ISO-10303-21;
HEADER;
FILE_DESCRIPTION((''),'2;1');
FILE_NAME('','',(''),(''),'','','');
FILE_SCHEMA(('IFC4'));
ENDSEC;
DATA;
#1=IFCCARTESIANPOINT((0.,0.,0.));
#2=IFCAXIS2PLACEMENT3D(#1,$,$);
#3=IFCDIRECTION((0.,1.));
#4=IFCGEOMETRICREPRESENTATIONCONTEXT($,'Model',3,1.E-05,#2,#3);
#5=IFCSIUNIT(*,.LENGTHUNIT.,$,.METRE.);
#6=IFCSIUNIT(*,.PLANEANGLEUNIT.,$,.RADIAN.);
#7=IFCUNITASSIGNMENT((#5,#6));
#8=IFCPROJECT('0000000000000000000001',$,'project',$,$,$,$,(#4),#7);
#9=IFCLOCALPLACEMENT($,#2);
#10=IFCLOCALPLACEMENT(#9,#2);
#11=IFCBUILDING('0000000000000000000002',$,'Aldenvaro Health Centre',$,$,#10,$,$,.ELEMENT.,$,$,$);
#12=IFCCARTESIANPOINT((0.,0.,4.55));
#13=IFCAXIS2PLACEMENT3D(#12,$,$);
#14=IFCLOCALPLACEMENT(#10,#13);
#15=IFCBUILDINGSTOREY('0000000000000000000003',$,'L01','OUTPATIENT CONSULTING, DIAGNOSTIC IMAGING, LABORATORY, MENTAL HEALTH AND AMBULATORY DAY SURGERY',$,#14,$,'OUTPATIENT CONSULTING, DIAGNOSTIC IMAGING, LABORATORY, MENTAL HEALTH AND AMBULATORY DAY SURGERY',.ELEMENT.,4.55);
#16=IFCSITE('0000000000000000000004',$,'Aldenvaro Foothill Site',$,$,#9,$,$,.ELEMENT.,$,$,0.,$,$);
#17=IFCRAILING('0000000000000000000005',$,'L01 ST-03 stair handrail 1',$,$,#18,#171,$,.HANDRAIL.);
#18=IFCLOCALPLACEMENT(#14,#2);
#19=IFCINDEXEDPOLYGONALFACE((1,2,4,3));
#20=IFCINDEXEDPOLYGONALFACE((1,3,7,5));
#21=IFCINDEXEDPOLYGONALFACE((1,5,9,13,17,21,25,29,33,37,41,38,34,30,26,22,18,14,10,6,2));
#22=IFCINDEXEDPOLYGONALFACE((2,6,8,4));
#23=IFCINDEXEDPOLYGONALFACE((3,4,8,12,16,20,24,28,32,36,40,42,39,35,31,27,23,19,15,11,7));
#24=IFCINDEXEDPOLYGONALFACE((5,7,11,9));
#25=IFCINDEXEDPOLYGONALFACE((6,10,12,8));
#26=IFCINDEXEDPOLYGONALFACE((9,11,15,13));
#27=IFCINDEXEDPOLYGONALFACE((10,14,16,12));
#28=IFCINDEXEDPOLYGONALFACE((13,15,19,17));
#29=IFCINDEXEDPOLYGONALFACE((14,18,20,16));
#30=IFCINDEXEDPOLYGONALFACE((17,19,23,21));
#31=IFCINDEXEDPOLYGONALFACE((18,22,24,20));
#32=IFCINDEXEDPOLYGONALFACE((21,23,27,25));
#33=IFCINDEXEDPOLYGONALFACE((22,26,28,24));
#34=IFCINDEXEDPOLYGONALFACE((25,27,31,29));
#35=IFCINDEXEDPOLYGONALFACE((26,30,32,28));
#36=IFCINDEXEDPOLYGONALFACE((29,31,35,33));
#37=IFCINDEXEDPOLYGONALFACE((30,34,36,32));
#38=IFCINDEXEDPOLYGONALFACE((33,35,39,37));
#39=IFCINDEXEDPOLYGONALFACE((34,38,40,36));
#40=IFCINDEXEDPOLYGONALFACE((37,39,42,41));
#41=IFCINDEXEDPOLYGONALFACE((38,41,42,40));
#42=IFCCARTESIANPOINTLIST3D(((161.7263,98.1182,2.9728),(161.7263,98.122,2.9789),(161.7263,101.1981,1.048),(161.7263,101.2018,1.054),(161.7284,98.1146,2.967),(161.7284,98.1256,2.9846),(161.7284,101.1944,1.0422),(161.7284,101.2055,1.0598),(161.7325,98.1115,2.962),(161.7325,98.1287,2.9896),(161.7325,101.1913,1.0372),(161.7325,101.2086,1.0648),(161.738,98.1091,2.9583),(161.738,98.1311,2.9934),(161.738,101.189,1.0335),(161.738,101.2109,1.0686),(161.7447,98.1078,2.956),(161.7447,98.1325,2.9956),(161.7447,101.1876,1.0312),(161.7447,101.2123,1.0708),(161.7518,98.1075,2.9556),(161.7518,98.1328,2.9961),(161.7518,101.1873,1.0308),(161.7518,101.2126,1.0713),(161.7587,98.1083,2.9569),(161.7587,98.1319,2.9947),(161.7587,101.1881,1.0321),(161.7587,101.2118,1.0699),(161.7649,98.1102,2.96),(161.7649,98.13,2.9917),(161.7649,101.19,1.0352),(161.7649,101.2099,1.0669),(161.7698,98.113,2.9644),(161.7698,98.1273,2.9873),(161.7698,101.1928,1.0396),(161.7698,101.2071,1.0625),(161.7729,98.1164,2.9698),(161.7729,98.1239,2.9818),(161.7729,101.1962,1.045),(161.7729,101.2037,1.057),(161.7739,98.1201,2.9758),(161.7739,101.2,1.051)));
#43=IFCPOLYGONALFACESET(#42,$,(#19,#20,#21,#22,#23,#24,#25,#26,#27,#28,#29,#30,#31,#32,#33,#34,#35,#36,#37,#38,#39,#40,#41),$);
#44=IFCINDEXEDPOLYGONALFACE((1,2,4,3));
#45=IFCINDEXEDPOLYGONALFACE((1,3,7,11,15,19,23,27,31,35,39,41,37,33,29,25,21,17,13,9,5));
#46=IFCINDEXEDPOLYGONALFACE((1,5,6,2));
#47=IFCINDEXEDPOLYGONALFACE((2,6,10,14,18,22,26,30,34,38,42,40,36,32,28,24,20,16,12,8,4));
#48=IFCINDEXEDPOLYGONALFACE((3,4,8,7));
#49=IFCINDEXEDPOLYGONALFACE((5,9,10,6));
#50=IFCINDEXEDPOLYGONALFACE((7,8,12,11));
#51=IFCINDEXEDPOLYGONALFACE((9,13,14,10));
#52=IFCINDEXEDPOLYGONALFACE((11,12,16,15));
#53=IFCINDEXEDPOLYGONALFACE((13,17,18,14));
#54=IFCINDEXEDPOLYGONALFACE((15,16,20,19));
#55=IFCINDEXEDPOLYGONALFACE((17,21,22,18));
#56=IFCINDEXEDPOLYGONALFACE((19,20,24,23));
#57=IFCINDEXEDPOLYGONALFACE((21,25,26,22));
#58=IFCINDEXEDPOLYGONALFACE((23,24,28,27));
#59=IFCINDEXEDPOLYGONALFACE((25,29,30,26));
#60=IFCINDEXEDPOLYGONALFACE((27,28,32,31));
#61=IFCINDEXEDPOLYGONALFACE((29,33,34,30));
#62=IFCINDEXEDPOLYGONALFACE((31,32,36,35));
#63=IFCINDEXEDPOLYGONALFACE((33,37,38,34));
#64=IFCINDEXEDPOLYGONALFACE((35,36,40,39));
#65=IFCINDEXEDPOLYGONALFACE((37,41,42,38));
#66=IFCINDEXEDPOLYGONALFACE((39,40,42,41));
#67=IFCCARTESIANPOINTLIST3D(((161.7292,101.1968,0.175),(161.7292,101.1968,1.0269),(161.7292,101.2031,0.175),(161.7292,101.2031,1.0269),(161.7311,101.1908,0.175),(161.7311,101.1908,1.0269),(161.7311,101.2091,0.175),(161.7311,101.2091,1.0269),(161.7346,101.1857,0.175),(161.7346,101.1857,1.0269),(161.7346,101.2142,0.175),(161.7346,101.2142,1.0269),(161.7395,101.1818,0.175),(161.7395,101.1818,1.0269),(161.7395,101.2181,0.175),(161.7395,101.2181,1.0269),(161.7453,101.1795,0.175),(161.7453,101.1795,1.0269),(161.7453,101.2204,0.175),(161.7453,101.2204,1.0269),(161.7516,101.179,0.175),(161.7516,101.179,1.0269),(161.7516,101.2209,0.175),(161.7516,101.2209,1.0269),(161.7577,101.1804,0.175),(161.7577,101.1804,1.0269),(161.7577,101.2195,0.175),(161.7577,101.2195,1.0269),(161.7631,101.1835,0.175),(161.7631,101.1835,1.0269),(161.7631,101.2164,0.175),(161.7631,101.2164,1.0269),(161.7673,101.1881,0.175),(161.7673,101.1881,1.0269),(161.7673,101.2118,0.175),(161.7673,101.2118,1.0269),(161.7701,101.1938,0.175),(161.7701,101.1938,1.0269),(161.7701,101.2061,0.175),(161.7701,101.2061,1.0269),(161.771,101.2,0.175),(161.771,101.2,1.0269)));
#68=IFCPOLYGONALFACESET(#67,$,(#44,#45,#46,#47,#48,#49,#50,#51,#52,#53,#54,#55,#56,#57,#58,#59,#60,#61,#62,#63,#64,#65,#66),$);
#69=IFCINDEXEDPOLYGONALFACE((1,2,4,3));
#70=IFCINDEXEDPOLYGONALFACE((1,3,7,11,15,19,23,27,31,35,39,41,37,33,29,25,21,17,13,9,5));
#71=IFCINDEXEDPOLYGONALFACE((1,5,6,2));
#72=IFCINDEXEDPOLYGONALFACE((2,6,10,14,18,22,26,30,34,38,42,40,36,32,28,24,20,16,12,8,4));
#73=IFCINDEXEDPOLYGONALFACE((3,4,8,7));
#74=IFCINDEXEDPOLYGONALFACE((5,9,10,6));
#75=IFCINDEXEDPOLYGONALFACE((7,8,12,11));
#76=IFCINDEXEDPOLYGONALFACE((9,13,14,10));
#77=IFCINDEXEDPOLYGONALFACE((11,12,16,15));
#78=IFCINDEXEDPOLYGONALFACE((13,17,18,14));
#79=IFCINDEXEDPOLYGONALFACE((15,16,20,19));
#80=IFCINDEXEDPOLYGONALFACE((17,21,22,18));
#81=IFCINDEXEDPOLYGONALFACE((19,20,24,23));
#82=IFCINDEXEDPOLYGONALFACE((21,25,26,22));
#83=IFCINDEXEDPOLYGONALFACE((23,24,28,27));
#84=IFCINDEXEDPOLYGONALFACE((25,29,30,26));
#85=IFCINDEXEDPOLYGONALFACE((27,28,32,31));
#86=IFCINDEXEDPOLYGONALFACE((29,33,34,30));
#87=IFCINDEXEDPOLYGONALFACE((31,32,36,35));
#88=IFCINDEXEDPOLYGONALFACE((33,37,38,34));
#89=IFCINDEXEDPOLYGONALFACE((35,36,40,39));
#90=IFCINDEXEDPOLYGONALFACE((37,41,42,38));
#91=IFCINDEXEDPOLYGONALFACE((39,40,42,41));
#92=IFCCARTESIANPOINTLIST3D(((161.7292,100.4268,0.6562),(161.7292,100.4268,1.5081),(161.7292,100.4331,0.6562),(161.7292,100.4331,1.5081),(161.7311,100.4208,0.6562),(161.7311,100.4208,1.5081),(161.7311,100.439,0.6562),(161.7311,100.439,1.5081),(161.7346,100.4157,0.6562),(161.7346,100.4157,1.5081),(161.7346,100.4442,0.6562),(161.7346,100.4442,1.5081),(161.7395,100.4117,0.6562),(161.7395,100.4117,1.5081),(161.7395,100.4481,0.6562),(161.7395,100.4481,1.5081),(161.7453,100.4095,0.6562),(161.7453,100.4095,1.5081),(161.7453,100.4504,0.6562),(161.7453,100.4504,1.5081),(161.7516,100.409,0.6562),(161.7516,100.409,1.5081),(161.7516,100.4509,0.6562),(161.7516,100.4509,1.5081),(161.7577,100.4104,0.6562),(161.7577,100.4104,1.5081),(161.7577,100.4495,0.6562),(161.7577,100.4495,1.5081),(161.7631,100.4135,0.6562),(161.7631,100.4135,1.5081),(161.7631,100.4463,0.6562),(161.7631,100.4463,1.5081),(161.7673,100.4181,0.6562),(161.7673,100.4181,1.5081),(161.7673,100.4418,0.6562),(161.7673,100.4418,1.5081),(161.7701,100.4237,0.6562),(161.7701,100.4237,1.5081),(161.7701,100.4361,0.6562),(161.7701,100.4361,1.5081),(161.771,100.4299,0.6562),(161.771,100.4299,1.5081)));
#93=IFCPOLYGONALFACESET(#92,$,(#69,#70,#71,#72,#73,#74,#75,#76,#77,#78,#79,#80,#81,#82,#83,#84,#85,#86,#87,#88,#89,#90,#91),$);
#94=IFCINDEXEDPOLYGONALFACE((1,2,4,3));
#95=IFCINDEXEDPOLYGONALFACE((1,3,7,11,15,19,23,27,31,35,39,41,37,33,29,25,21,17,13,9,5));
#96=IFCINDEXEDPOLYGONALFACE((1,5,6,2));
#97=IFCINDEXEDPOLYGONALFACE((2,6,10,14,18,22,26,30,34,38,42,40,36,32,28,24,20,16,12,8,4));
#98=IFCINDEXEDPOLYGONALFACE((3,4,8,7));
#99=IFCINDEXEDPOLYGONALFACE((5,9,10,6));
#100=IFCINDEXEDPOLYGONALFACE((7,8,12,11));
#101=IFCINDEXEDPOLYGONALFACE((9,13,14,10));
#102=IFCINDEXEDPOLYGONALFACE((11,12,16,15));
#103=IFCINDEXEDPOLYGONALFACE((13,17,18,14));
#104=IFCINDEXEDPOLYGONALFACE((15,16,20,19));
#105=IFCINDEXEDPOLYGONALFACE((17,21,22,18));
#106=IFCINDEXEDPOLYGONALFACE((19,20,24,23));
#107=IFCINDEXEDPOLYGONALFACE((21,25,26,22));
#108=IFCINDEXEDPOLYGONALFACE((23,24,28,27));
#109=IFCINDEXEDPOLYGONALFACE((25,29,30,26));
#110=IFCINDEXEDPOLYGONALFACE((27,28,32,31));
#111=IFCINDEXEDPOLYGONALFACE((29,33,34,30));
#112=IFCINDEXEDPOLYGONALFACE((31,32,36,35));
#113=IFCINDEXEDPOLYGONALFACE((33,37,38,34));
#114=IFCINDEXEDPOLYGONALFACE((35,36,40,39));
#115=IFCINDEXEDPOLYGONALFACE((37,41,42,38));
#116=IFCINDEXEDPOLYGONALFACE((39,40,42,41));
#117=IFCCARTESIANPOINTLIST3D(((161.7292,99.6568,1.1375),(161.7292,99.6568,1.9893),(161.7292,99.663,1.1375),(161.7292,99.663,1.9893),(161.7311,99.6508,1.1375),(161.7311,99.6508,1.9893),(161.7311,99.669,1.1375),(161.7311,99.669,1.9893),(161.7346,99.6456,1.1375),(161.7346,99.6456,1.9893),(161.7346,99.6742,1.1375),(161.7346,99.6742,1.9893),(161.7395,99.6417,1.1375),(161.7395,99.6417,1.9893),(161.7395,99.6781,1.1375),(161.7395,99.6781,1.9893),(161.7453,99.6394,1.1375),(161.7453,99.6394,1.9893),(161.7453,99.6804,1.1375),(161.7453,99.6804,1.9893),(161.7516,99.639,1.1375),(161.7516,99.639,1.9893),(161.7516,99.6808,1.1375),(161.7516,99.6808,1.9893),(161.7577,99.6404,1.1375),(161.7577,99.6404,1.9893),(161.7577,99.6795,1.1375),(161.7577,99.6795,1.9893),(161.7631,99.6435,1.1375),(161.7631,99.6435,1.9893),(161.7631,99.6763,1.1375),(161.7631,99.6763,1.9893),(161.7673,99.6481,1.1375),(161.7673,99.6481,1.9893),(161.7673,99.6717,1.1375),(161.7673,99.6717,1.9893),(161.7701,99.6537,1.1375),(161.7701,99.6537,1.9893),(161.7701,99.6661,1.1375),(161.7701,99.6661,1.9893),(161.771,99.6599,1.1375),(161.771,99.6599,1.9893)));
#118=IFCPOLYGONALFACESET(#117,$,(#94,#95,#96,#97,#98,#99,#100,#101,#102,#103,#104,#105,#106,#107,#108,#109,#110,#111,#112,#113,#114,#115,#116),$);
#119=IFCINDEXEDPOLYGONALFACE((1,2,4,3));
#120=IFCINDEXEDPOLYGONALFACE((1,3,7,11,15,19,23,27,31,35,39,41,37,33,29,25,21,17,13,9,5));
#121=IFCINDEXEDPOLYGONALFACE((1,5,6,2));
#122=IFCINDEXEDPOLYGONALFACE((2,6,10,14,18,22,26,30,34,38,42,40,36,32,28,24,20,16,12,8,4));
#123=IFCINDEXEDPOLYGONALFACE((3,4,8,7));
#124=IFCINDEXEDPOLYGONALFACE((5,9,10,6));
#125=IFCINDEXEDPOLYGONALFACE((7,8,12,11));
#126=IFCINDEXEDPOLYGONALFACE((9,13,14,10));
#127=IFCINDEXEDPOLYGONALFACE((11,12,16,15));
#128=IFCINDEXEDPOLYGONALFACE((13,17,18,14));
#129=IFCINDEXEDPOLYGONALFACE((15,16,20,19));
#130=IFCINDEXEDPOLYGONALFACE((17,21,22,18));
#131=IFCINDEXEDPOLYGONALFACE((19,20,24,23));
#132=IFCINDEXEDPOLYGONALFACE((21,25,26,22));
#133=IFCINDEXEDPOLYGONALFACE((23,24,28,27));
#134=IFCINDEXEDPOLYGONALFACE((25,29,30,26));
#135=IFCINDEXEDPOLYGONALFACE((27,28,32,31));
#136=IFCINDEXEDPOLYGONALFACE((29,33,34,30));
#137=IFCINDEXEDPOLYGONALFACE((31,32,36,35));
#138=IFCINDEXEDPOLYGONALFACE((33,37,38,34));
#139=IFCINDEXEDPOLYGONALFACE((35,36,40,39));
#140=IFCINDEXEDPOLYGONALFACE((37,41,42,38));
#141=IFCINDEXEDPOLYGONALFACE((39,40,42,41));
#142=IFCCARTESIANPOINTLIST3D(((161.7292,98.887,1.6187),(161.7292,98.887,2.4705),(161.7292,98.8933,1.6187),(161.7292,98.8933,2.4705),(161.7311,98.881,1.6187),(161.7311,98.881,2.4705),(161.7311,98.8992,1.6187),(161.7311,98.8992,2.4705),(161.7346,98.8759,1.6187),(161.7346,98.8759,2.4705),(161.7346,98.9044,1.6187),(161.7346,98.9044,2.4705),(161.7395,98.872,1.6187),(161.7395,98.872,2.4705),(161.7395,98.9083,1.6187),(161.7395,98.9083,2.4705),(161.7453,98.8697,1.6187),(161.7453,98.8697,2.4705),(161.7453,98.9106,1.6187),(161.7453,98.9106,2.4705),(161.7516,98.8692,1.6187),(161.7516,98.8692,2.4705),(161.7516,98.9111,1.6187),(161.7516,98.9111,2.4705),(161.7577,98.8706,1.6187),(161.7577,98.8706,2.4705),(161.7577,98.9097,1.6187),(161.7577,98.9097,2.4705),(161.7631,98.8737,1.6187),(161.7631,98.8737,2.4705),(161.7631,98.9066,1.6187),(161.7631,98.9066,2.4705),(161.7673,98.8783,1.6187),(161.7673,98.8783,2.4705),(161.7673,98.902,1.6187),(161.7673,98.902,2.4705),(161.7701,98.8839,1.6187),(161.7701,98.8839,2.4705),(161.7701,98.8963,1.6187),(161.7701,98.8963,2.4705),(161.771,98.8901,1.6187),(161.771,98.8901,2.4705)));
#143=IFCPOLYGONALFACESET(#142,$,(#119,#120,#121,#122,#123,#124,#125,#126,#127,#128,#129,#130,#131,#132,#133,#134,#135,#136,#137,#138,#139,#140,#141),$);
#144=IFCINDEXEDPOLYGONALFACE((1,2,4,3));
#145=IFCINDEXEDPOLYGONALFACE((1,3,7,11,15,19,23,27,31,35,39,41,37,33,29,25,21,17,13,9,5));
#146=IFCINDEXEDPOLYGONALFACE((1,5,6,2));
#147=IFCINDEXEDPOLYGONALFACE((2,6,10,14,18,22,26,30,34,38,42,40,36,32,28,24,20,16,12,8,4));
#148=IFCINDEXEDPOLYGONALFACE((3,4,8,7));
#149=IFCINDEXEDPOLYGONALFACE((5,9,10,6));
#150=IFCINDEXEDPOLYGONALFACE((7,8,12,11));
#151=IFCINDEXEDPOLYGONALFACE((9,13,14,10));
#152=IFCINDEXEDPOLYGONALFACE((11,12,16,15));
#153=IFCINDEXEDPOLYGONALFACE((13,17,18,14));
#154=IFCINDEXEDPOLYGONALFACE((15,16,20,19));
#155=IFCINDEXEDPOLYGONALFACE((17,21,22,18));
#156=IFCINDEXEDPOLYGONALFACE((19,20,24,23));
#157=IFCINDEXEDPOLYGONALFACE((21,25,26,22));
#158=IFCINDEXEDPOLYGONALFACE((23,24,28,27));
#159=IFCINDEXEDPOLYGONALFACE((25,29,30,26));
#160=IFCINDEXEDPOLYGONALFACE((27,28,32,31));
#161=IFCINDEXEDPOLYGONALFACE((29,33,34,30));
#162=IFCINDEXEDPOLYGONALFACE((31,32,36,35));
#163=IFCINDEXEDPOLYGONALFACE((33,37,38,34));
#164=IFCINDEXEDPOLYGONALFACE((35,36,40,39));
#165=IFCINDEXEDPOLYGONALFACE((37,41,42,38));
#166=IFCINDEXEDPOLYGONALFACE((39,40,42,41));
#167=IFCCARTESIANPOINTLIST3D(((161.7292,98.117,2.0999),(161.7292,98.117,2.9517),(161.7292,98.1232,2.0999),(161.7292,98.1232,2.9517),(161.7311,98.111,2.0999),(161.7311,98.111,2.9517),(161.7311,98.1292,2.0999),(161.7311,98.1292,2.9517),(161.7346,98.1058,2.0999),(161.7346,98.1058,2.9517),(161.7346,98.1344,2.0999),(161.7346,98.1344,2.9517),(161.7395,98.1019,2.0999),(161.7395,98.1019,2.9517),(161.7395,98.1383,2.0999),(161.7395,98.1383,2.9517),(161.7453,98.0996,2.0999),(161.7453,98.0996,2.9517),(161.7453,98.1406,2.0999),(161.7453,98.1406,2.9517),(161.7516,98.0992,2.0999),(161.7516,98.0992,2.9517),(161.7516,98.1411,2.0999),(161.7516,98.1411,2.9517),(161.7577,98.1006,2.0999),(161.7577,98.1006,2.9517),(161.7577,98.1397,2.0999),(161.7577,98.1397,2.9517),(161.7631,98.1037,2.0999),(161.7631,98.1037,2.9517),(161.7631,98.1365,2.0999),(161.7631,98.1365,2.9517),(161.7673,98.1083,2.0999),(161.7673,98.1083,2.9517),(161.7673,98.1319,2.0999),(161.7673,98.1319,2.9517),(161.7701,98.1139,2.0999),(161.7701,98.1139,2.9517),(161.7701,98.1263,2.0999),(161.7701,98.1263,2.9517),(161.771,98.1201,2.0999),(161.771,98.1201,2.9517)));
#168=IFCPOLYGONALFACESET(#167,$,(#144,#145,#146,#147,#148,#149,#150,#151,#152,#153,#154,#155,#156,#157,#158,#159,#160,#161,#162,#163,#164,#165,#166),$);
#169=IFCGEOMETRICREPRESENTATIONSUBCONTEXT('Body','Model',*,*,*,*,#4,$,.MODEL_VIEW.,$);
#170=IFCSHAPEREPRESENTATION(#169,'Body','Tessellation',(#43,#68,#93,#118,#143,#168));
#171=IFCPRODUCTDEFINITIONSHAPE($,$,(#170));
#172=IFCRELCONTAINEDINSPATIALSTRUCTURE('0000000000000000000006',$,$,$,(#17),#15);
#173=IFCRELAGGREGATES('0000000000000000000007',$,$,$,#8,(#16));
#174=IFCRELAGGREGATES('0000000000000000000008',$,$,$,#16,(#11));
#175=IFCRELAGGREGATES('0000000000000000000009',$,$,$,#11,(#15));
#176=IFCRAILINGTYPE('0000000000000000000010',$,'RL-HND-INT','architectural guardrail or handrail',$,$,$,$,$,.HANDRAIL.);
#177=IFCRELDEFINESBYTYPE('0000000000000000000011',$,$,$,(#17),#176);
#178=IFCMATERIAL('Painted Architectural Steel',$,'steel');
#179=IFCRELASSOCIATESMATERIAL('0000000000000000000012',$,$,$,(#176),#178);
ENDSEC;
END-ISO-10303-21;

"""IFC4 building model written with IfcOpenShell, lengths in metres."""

from ifc_helpers import new_model, si_unit, direction, frame, origin, origin_2d, place, context, subcontext, project, spatial, circle, extrude, material, type_object, element, save


model = new_model("IFC4")

# Units and contexts
model_context = context("Model", 3, precision=1e-05, world=origin(), true_north=direction((0.0, 1.0)))
body_context = subcontext(model_context, "Body", "Model", "MODEL_VIEW")
ifc_project = project(units=[si_unit("LENGTHUNIT", "METRE"), si_unit("PLANEANGLEUNIT", "RADIAN")], contexts=[model_context])

# Site, building, storey
site_placement = place(None, origin())
site = spatial("IfcSite", under=ifc_project, at=site_placement, Name="Aldenvaro Foothill Site", CompositionType="ELEMENT", RefElevation=0.0)
building_placement = place(site_placement, origin())
building = spatial("IfcBuilding", under=site, at=building_placement, Name="Aldenvaro Health Centre", CompositionType="ELEMENT")
storey_placement = place(building_placement, frame((0.0, 0.0, 4.55)))
storey = spatial("IfcBuildingStorey", under=building, at=storey_placement, Name="L01", Description="OUTPATIENT CONSULTING, DIAGNOSTIC IMAGING, LABORATORY, MENTAL HEALTH AND AMBULATORY DAY SURGERY", LongName="OUTPATIENT CONSULTING, DIAGNOSTIC IMAGING, LABORATORY, MENTAL HEALTH AND AMBULATORY DAY SURGERY", CompositionType="ELEMENT", Elevation=4.55)

# Railing
ifc_material_1 = material(Name="Painted Architectural Steel", Category="steel")
railing_type = type_object("IfcRailingType", Name="RL-HND-INT", Description="architectural guardrail or handrail", PredefinedType="HANDRAIL", material=ifc_material_1)
railing_placement = place(storey_placement, frame((161.75, 101.2, 0.175)))
element("IfcRailing", 1, at=railing_placement, inside=storey, type_object=railing_type, Name="L01 ST-03 stair handrail 1", PredefinedType="HANDRAIL", context=body_context, shape_type="SweptSolid", body=[
    extrude(circle(Radius=0.0239, at=origin_2d()), frame((0.0, 0.0, 0.876), z_axis=(0.0, -0.84801, 0.529981), x_axis=(1.0, 0.0, 0.0)), (0.0, 0.0, 1.0), 3.6318),
    extrude(circle(Radius=0.021, at=origin_2d()), origin(), (0.0, 0.0, 1.0), 0.8518),
    extrude(circle(Radius=0.021, at=origin_2d()), frame((0.0, -0.77, 0.4812)), (0.0, 0.0, 1.0), 0.8518),
    extrude(circle(Radius=0.021, at=origin_2d()), frame((0.0, -1.54, 0.9624)), (0.0, 0.0, 1.0), 0.8518),
    extrude(circle(Radius=0.021, at=origin_2d()), frame((0.0, -2.3098, 1.4436)), (0.0, 0.0, 1.0), 0.8518),
    extrude(circle(Radius=0.021, at=origin_2d()), frame((0.0, -3.0798, 1.9248)), (0.0, 0.0, 1.0), 0.8518),
])

save(model, "model.ifc")
